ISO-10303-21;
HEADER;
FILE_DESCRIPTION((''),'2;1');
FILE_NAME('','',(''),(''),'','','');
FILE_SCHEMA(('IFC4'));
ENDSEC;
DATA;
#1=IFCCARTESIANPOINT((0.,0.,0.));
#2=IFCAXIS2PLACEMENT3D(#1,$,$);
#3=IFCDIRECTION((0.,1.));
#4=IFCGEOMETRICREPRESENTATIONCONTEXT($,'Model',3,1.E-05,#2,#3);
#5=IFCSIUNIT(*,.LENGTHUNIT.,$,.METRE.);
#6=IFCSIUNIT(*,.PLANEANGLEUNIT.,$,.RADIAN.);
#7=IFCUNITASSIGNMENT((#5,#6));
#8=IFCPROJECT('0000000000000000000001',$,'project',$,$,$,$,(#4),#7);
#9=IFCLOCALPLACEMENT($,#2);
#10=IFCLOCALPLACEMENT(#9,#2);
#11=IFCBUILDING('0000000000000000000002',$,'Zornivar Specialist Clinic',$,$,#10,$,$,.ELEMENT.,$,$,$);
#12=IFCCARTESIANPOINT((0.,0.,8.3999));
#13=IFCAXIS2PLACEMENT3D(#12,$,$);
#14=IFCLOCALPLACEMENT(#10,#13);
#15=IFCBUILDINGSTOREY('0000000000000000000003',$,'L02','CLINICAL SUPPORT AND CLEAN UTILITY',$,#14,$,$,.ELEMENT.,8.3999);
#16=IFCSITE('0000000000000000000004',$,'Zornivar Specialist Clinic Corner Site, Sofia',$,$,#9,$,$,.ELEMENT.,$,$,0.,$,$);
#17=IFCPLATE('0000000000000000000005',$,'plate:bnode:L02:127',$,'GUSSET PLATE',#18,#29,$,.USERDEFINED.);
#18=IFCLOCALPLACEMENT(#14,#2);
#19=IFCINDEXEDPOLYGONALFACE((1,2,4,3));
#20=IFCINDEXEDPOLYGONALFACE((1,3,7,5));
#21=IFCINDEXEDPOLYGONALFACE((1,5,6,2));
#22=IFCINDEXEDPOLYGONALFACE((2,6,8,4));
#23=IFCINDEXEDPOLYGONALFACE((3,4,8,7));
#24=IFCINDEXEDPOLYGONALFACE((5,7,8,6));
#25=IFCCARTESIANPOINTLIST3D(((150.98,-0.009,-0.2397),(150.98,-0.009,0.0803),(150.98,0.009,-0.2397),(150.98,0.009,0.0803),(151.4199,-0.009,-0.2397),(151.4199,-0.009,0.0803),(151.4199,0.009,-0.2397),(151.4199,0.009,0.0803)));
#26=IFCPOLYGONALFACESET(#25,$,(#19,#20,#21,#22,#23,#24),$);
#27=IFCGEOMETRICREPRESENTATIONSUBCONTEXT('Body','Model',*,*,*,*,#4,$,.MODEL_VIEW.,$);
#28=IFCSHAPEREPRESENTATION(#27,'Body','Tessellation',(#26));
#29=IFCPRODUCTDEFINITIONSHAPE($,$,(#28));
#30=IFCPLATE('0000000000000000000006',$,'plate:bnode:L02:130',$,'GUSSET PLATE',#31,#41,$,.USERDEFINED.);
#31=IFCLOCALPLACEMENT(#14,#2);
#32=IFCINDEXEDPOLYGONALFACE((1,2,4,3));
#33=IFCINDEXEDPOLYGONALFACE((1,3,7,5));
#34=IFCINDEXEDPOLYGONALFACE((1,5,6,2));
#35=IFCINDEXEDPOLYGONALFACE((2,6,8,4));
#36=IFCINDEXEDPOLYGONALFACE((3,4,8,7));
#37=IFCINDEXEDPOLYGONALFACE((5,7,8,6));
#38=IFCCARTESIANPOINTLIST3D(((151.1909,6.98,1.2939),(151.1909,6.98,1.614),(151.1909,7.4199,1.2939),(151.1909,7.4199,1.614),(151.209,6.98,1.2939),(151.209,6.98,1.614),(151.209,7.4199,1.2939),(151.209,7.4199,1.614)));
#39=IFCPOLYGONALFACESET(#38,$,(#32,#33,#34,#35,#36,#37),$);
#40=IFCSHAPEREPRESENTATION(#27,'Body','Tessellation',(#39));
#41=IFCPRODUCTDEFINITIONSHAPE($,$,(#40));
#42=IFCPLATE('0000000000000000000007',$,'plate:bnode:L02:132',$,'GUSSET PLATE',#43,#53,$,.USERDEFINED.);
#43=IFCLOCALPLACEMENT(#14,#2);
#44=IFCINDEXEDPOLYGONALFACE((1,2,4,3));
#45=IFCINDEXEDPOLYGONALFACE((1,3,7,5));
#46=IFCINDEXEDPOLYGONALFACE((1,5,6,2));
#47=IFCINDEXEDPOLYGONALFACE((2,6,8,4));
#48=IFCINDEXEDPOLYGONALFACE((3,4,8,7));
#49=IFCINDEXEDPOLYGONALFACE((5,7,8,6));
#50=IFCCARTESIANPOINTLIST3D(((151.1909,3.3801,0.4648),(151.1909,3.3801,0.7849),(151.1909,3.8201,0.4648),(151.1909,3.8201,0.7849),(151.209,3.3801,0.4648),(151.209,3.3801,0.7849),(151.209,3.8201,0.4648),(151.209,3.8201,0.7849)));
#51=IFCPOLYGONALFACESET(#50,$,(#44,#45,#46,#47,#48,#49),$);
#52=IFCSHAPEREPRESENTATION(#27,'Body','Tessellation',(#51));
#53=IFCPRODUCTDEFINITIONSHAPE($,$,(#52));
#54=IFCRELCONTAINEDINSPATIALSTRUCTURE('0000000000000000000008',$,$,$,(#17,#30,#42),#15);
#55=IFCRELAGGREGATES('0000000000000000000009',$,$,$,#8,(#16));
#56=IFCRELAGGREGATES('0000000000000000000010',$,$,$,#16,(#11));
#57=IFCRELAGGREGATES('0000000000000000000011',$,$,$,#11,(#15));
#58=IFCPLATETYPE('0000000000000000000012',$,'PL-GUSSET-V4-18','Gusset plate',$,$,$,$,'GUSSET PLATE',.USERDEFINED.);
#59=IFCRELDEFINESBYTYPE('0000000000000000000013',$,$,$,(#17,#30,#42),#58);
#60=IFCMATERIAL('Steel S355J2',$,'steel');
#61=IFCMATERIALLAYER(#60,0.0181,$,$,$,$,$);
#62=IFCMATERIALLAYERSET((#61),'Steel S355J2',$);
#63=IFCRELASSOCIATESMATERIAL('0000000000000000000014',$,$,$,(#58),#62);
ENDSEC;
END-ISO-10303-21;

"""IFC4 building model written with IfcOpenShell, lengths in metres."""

from ifc_helpers import new_model, si_unit, direction, frame, origin, origin_2d, place, context, subcontext, project, spatial, rectangle, extrude, material, layer, layer_set, type_object, element, save


model = new_model("IFC4")

# Units and contexts
model_context = context("Model", 3, precision=1e-05, world=origin(), true_north=direction((0.0, 1.0)))
body_context = subcontext(model_context, "Body", "Model", "MODEL_VIEW")
ifc_project = project(units=[si_unit("LENGTHUNIT", "METRE"), si_unit("PLANEANGLEUNIT", "RADIAN")], contexts=[model_context])

# Site, building, storey
site_placement = place(None, origin())
site = spatial("IfcSite", under=ifc_project, at=site_placement, Name="Zornivar Specialist Clinic Corner Site, Sofia", CompositionType="ELEMENT", RefElevation=0.0)
building_placement = place(site_placement, origin())
building = spatial("IfcBuilding", under=site, at=building_placement, Name="Zornivar Specialist Clinic", CompositionType="ELEMENT")
storey_placement = place(building_placement, frame((0.0, 0.0, 8.3999)))
storey = spatial("IfcBuildingStorey", under=building, at=storey_placement, Name="L02", Description="CLINICAL SUPPORT AND CLEAN UTILITY", CompositionType="ELEMENT", Elevation=8.3999)

# Plates
ifc_material_1 = material(Name="Steel S355J2", Category="steel")
ifc_layer_1 = layer(ifc_material_1, 0.0181)
ifc_layer_set_1 = layer_set([ifc_layer_1], Name="Steel S355J2")
plate_type_1 = type_object("IfcPlateType", Name="PL-GUSSET-V4-18", Description="Gusset plate", ElementType="GUSSET PLATE", PredefinedType="USERDEFINED", material=ifc_layer_set_1)
for number, where, z_axis, x_axis, name in (
    (1, (151.2, 0.0, -0.2397), (0.0, 0.0, 1.0), (1.0, 0.0, 0.0), "plate:bnode:L02:127"),
    (2, (151.2, 7.2, 1.2939), (0.0, 0.0, 1.0), (0.0, 1.0, 0.0), "plate:bnode:L02:130"),
    (3, (151.2, 3.6001, 0.4648), (0.0, 0.0, 1.0), (0.0, 1.0, 0.0), "plate:bnode:L02:132"),
):
    element("IfcPlate", number, at=place(storey_placement, frame(where, z_axis=z_axis, x_axis=x_axis)), inside=storey, type_object=plate_type_1, Name=name, ObjectType="GUSSET PLATE", PredefinedType="USERDEFINED", context=body_context, shape_type="SweptSolid", body=[
        extrude(rectangle(XDim=0.4399, YDim=0.0181, at=origin_2d()), origin(), (0.0, 0.0, 1.0), 0.3201),
    ])

save(model, "model.ifc")
